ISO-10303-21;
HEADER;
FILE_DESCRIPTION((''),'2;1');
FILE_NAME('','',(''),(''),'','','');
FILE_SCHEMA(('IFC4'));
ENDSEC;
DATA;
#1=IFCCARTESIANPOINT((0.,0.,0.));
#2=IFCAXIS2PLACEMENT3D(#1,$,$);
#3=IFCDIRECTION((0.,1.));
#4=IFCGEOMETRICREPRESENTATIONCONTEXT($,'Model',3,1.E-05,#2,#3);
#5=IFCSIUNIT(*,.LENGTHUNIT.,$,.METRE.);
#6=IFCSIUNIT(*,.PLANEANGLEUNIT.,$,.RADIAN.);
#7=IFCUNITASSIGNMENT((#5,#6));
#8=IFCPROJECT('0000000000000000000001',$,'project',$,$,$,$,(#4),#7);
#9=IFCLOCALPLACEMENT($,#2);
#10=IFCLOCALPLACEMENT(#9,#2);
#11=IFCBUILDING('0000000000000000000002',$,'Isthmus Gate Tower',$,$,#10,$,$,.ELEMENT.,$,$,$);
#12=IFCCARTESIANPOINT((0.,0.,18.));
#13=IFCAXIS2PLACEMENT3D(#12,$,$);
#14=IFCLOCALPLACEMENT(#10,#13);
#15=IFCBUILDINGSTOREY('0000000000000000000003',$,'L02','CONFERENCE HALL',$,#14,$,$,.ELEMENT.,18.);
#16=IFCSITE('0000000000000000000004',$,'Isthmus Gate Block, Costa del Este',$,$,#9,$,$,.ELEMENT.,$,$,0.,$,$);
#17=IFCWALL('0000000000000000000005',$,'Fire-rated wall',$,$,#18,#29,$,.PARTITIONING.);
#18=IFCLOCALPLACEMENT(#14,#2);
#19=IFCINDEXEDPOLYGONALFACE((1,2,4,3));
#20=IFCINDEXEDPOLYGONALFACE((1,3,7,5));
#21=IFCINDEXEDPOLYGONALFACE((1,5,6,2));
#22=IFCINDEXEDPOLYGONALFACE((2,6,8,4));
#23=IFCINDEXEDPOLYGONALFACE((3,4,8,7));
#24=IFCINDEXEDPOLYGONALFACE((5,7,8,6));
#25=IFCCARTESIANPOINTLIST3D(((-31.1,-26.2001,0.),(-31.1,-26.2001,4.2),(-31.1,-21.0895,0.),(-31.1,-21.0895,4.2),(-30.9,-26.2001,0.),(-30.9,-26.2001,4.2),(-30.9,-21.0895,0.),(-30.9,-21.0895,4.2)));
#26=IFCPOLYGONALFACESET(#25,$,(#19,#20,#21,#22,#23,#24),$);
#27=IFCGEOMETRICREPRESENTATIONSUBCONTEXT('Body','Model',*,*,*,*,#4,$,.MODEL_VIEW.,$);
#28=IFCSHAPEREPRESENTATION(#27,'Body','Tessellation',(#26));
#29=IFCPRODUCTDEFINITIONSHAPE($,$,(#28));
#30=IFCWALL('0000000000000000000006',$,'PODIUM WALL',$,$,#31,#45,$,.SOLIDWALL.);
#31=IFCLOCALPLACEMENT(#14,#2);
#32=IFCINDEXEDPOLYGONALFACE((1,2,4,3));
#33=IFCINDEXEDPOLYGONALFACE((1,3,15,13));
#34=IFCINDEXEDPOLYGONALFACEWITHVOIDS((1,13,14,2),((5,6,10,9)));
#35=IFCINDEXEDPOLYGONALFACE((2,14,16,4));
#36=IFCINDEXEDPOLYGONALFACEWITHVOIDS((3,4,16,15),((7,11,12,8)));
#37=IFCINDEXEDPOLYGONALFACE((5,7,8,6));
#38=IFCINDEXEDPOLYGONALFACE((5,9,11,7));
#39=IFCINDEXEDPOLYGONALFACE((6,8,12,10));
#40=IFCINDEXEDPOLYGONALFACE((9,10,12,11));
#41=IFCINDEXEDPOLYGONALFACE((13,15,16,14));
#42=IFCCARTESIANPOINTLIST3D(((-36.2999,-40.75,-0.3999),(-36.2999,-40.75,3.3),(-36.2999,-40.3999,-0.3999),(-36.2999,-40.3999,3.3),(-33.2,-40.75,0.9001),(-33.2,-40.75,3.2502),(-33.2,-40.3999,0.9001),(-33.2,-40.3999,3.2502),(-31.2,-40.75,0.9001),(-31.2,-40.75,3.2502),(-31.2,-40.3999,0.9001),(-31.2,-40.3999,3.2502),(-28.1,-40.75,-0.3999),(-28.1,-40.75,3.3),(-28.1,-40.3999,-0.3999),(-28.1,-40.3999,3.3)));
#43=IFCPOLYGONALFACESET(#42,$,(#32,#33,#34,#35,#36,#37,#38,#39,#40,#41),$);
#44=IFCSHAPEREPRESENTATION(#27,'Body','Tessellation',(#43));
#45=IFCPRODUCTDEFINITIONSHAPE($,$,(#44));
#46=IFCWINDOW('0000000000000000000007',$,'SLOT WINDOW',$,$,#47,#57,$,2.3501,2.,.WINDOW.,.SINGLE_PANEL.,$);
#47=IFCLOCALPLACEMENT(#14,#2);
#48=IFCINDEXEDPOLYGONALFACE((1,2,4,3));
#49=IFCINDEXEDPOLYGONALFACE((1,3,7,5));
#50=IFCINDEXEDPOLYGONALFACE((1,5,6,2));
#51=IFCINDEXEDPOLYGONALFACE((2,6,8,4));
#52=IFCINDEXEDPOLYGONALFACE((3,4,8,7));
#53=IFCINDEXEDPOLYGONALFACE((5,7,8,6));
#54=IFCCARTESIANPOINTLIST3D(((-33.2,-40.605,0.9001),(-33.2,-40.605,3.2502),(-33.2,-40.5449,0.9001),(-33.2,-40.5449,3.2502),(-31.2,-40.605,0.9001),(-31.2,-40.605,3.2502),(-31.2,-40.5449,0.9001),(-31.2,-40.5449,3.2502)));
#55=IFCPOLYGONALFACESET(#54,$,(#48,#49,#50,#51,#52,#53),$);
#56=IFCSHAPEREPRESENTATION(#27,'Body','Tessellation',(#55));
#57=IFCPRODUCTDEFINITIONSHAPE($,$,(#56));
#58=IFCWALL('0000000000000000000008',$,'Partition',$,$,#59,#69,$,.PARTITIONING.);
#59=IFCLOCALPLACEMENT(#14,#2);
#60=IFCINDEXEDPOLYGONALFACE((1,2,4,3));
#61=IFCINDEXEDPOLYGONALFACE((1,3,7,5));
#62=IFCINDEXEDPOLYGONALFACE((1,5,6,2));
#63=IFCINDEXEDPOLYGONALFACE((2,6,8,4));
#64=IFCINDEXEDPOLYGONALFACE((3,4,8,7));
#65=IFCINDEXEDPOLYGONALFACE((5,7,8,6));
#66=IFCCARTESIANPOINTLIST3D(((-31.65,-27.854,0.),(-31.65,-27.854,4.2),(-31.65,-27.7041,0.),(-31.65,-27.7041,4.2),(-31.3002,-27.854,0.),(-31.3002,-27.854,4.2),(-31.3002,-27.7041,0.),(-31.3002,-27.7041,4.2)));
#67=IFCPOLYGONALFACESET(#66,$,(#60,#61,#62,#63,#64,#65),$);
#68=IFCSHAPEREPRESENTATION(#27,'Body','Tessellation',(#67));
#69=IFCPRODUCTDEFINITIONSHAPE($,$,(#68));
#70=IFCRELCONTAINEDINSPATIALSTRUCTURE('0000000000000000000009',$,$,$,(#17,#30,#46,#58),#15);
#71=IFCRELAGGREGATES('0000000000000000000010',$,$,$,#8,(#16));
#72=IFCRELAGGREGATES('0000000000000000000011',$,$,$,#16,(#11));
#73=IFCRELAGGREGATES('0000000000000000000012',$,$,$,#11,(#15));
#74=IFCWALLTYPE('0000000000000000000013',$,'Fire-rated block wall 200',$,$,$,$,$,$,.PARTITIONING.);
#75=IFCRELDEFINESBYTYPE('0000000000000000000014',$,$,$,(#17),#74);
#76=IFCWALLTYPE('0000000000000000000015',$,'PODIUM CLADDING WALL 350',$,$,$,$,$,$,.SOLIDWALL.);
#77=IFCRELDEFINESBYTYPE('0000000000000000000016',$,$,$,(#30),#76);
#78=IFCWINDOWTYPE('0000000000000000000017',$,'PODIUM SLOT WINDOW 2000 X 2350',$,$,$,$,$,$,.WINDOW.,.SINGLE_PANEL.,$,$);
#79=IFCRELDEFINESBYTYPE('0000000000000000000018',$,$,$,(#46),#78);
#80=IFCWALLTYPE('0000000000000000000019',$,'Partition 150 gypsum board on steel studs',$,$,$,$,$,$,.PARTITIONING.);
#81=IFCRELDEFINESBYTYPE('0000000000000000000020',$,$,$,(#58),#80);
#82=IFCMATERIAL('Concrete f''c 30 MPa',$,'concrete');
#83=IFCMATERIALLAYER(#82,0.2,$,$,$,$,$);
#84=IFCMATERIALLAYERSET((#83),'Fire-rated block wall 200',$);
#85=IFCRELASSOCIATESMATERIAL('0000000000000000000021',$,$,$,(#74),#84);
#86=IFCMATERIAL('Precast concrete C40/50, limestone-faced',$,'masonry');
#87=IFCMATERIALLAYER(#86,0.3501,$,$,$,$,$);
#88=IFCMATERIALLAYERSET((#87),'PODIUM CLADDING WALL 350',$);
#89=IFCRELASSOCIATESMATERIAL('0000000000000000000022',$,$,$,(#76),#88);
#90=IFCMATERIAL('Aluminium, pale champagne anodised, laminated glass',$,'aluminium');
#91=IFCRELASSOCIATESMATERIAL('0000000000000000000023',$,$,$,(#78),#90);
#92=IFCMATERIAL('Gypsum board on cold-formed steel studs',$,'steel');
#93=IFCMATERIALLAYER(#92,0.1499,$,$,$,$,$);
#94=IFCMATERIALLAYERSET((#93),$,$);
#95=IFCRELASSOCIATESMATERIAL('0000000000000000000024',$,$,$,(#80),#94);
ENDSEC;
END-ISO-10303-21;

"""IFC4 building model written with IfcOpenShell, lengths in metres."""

from ifc_helpers import new_model, si_unit, direction, frame, frame_2d, origin, place, context, subcontext, project, spatial, rectangle, extrude, material, layer, layer_set, type_object, element, fill, save


model = new_model("IFC4")

# Units and contexts
model_context = context("Model", 3, precision=1e-05, world=origin(), true_north=direction((0.0, 1.0)))
body_context = subcontext(model_context, "Body", "Model", "MODEL_VIEW")
ifc_project = project(units=[si_unit("LENGTHUNIT", "METRE"), si_unit("PLANEANGLEUNIT", "RADIAN")], contexts=[model_context])

# Site, building, storey
site_placement = place(None, origin())
site = spatial("IfcSite", under=ifc_project, at=site_placement, Name="Isthmus Gate Block, Costa del Este", CompositionType="ELEMENT", RefElevation=0.0)
building_placement = place(site_placement, origin())
building = spatial("IfcBuilding", under=site, at=building_placement, Name="Isthmus Gate Tower", CompositionType="ELEMENT")
storey_placement = place(building_placement, frame((0.0, 0.0, 18.0)))
storey = spatial("IfcBuildingStorey", under=building, at=storey_placement, Name="L02", Description="CONFERENCE HALL", CompositionType="ELEMENT", Elevation=18.0)

# Shared definitions
ifc_material_1 = material(Name="Concrete f'c 30 MPa", Category="concrete")
ifc_layer_1 = layer(ifc_material_1, 0.2)
ifc_layer_set_1 = layer_set([ifc_layer_1], Name="Fire-rated block wall 200")
wall_type_1 = type_object("IfcWallType", Name="Fire-rated block wall 200", PredefinedType="PARTITIONING", material=ifc_layer_set_1)

# Wall
wall_1_placement = place(storey_placement, frame((-31.0, -26.2, 0.0), z_axis=(0.0, 0.0, 1.0), x_axis=(0.0, 1.0, 0.0)))
element("IfcWall", 1, at=wall_1_placement, inside=storey, type_object=wall_type_1, Name="Fire-rated wall", PredefinedType="PARTITIONING", context=body_context, shape_type="SweptSolid", body=[
    extrude(rectangle(XDim=5.1106, YDim=0.2, at=frame_2d((2.5552, 0.0))), origin(), (0.0, 0.0, 1.0), 4.2),
])

# Wall, opening, window
ifc_material_2 = material(Name="Precast concrete C40/50, limestone-faced", Category="masonry")
ifc_layer_2 = layer(ifc_material_2, 0.3501)
ifc_layer_set_2 = layer_set([ifc_layer_2], Name="PODIUM CLADDING WALL 350")
wall_type_2 = type_object("IfcWallType", Name="PODIUM CLADDING WALL 350", PredefinedType="SOLIDWALL", material=ifc_layer_set_2)
wall_2_placement = place(storey_placement, frame((-36.3, -40.575, -0.3999), z_axis=(0.0, 0.0, 1.0), x_axis=(1.0, 0.0, 0.0)))
wall_2 = element("IfcWall", 2, at=wall_2_placement, inside=storey, type_object=wall_type_2, Name="PODIUM WALL", PredefinedType="SOLIDWALL", context=body_context, shape_type="SweptSolid", body=[
    extrude(rectangle(XDim=8.2, YDim=0.3501, at=frame_2d((4.1001, 0.0))), origin(), (0.0, 0.0, 1.0), 3.7),
])
opening_1_placement = place(wall_2_placement, frame((3.1001, 0.0, 1.3)))
opening_1 = element("IfcOpeningElement", 3, at=opening_1_placement, cuts=wall_2, PredefinedType="OPENING", context=body_context, shape_type="SweptSolid", body=[
    extrude(rectangle(XDim=2.0, YDim=2.3501, at=frame_2d((1.0, 1.175))), frame((0.0, 0.1851, 0.0), z_axis=(0.0, -1.0, 0.0), x_axis=(1.0, 0.0, 0.0)), (0.0, 0.0, 1.0), 0.3701),
])
ifc_material_3 = material(Name="Aluminium, pale champagne anodised, laminated glass", Category="aluminium")
window_type = type_object("IfcWindowType", Name="PODIUM SLOT WINDOW 2000 X 2350", PartitioningType="SINGLE_PANEL", PredefinedType="WINDOW", material=ifc_material_3)
window_placement = place(opening_1_placement, origin())
window = element("IfcWindow", 4, at=window_placement, inside=storey, type_object=window_type, Name="SLOT WINDOW", OverallHeight=2.3501, OverallWidth=2.0, PartitioningType="SINGLE_PANEL", PredefinedType="WINDOW", context=body_context, shape_type="SweptSolid", body=[
    extrude(rectangle(XDim=2.0, YDim=2.3501, at=frame_2d((1.0, 1.175))), frame((0.0, 0.03, 0.0), z_axis=(0.0, -1.0, 0.0), x_axis=(1.0, 0.0, 0.0)), (0.0, 0.0, 1.0), 0.0601),
])
fill(opening_1, window)

# Wall
ifc_material_4 = material(Name="Gypsum board on cold-formed steel studs", Category="steel")
ifc_layer_3 = layer(ifc_material_4, 0.1499)
ifc_layer_set_3 = layer_set([ifc_layer_3])
wall_type_3 = type_object("IfcWallType", Name="Partition 150 gypsum board on steel studs", PredefinedType="PARTITIONING", material=ifc_layer_set_3)
wall_3_placement = place(storey_placement, frame((-31.6499, -27.7791, 0.0), z_axis=(0.0, 0.0, 1.0), x_axis=(1.0, 0.0, 0.0)))
element("IfcWall", 5, at=wall_3_placement, inside=storey, type_object=wall_type_3, Name="Partition", PredefinedType="PARTITIONING", context=body_context, shape_type="SweptSolid", body=[
    extrude(rectangle(XDim=0.3499, YDim=0.1499, at=frame_2d((0.1748, 0.0))), origin(), (0.0, 0.0, 1.0), 4.2),
])

save(model, "model.ifc")
